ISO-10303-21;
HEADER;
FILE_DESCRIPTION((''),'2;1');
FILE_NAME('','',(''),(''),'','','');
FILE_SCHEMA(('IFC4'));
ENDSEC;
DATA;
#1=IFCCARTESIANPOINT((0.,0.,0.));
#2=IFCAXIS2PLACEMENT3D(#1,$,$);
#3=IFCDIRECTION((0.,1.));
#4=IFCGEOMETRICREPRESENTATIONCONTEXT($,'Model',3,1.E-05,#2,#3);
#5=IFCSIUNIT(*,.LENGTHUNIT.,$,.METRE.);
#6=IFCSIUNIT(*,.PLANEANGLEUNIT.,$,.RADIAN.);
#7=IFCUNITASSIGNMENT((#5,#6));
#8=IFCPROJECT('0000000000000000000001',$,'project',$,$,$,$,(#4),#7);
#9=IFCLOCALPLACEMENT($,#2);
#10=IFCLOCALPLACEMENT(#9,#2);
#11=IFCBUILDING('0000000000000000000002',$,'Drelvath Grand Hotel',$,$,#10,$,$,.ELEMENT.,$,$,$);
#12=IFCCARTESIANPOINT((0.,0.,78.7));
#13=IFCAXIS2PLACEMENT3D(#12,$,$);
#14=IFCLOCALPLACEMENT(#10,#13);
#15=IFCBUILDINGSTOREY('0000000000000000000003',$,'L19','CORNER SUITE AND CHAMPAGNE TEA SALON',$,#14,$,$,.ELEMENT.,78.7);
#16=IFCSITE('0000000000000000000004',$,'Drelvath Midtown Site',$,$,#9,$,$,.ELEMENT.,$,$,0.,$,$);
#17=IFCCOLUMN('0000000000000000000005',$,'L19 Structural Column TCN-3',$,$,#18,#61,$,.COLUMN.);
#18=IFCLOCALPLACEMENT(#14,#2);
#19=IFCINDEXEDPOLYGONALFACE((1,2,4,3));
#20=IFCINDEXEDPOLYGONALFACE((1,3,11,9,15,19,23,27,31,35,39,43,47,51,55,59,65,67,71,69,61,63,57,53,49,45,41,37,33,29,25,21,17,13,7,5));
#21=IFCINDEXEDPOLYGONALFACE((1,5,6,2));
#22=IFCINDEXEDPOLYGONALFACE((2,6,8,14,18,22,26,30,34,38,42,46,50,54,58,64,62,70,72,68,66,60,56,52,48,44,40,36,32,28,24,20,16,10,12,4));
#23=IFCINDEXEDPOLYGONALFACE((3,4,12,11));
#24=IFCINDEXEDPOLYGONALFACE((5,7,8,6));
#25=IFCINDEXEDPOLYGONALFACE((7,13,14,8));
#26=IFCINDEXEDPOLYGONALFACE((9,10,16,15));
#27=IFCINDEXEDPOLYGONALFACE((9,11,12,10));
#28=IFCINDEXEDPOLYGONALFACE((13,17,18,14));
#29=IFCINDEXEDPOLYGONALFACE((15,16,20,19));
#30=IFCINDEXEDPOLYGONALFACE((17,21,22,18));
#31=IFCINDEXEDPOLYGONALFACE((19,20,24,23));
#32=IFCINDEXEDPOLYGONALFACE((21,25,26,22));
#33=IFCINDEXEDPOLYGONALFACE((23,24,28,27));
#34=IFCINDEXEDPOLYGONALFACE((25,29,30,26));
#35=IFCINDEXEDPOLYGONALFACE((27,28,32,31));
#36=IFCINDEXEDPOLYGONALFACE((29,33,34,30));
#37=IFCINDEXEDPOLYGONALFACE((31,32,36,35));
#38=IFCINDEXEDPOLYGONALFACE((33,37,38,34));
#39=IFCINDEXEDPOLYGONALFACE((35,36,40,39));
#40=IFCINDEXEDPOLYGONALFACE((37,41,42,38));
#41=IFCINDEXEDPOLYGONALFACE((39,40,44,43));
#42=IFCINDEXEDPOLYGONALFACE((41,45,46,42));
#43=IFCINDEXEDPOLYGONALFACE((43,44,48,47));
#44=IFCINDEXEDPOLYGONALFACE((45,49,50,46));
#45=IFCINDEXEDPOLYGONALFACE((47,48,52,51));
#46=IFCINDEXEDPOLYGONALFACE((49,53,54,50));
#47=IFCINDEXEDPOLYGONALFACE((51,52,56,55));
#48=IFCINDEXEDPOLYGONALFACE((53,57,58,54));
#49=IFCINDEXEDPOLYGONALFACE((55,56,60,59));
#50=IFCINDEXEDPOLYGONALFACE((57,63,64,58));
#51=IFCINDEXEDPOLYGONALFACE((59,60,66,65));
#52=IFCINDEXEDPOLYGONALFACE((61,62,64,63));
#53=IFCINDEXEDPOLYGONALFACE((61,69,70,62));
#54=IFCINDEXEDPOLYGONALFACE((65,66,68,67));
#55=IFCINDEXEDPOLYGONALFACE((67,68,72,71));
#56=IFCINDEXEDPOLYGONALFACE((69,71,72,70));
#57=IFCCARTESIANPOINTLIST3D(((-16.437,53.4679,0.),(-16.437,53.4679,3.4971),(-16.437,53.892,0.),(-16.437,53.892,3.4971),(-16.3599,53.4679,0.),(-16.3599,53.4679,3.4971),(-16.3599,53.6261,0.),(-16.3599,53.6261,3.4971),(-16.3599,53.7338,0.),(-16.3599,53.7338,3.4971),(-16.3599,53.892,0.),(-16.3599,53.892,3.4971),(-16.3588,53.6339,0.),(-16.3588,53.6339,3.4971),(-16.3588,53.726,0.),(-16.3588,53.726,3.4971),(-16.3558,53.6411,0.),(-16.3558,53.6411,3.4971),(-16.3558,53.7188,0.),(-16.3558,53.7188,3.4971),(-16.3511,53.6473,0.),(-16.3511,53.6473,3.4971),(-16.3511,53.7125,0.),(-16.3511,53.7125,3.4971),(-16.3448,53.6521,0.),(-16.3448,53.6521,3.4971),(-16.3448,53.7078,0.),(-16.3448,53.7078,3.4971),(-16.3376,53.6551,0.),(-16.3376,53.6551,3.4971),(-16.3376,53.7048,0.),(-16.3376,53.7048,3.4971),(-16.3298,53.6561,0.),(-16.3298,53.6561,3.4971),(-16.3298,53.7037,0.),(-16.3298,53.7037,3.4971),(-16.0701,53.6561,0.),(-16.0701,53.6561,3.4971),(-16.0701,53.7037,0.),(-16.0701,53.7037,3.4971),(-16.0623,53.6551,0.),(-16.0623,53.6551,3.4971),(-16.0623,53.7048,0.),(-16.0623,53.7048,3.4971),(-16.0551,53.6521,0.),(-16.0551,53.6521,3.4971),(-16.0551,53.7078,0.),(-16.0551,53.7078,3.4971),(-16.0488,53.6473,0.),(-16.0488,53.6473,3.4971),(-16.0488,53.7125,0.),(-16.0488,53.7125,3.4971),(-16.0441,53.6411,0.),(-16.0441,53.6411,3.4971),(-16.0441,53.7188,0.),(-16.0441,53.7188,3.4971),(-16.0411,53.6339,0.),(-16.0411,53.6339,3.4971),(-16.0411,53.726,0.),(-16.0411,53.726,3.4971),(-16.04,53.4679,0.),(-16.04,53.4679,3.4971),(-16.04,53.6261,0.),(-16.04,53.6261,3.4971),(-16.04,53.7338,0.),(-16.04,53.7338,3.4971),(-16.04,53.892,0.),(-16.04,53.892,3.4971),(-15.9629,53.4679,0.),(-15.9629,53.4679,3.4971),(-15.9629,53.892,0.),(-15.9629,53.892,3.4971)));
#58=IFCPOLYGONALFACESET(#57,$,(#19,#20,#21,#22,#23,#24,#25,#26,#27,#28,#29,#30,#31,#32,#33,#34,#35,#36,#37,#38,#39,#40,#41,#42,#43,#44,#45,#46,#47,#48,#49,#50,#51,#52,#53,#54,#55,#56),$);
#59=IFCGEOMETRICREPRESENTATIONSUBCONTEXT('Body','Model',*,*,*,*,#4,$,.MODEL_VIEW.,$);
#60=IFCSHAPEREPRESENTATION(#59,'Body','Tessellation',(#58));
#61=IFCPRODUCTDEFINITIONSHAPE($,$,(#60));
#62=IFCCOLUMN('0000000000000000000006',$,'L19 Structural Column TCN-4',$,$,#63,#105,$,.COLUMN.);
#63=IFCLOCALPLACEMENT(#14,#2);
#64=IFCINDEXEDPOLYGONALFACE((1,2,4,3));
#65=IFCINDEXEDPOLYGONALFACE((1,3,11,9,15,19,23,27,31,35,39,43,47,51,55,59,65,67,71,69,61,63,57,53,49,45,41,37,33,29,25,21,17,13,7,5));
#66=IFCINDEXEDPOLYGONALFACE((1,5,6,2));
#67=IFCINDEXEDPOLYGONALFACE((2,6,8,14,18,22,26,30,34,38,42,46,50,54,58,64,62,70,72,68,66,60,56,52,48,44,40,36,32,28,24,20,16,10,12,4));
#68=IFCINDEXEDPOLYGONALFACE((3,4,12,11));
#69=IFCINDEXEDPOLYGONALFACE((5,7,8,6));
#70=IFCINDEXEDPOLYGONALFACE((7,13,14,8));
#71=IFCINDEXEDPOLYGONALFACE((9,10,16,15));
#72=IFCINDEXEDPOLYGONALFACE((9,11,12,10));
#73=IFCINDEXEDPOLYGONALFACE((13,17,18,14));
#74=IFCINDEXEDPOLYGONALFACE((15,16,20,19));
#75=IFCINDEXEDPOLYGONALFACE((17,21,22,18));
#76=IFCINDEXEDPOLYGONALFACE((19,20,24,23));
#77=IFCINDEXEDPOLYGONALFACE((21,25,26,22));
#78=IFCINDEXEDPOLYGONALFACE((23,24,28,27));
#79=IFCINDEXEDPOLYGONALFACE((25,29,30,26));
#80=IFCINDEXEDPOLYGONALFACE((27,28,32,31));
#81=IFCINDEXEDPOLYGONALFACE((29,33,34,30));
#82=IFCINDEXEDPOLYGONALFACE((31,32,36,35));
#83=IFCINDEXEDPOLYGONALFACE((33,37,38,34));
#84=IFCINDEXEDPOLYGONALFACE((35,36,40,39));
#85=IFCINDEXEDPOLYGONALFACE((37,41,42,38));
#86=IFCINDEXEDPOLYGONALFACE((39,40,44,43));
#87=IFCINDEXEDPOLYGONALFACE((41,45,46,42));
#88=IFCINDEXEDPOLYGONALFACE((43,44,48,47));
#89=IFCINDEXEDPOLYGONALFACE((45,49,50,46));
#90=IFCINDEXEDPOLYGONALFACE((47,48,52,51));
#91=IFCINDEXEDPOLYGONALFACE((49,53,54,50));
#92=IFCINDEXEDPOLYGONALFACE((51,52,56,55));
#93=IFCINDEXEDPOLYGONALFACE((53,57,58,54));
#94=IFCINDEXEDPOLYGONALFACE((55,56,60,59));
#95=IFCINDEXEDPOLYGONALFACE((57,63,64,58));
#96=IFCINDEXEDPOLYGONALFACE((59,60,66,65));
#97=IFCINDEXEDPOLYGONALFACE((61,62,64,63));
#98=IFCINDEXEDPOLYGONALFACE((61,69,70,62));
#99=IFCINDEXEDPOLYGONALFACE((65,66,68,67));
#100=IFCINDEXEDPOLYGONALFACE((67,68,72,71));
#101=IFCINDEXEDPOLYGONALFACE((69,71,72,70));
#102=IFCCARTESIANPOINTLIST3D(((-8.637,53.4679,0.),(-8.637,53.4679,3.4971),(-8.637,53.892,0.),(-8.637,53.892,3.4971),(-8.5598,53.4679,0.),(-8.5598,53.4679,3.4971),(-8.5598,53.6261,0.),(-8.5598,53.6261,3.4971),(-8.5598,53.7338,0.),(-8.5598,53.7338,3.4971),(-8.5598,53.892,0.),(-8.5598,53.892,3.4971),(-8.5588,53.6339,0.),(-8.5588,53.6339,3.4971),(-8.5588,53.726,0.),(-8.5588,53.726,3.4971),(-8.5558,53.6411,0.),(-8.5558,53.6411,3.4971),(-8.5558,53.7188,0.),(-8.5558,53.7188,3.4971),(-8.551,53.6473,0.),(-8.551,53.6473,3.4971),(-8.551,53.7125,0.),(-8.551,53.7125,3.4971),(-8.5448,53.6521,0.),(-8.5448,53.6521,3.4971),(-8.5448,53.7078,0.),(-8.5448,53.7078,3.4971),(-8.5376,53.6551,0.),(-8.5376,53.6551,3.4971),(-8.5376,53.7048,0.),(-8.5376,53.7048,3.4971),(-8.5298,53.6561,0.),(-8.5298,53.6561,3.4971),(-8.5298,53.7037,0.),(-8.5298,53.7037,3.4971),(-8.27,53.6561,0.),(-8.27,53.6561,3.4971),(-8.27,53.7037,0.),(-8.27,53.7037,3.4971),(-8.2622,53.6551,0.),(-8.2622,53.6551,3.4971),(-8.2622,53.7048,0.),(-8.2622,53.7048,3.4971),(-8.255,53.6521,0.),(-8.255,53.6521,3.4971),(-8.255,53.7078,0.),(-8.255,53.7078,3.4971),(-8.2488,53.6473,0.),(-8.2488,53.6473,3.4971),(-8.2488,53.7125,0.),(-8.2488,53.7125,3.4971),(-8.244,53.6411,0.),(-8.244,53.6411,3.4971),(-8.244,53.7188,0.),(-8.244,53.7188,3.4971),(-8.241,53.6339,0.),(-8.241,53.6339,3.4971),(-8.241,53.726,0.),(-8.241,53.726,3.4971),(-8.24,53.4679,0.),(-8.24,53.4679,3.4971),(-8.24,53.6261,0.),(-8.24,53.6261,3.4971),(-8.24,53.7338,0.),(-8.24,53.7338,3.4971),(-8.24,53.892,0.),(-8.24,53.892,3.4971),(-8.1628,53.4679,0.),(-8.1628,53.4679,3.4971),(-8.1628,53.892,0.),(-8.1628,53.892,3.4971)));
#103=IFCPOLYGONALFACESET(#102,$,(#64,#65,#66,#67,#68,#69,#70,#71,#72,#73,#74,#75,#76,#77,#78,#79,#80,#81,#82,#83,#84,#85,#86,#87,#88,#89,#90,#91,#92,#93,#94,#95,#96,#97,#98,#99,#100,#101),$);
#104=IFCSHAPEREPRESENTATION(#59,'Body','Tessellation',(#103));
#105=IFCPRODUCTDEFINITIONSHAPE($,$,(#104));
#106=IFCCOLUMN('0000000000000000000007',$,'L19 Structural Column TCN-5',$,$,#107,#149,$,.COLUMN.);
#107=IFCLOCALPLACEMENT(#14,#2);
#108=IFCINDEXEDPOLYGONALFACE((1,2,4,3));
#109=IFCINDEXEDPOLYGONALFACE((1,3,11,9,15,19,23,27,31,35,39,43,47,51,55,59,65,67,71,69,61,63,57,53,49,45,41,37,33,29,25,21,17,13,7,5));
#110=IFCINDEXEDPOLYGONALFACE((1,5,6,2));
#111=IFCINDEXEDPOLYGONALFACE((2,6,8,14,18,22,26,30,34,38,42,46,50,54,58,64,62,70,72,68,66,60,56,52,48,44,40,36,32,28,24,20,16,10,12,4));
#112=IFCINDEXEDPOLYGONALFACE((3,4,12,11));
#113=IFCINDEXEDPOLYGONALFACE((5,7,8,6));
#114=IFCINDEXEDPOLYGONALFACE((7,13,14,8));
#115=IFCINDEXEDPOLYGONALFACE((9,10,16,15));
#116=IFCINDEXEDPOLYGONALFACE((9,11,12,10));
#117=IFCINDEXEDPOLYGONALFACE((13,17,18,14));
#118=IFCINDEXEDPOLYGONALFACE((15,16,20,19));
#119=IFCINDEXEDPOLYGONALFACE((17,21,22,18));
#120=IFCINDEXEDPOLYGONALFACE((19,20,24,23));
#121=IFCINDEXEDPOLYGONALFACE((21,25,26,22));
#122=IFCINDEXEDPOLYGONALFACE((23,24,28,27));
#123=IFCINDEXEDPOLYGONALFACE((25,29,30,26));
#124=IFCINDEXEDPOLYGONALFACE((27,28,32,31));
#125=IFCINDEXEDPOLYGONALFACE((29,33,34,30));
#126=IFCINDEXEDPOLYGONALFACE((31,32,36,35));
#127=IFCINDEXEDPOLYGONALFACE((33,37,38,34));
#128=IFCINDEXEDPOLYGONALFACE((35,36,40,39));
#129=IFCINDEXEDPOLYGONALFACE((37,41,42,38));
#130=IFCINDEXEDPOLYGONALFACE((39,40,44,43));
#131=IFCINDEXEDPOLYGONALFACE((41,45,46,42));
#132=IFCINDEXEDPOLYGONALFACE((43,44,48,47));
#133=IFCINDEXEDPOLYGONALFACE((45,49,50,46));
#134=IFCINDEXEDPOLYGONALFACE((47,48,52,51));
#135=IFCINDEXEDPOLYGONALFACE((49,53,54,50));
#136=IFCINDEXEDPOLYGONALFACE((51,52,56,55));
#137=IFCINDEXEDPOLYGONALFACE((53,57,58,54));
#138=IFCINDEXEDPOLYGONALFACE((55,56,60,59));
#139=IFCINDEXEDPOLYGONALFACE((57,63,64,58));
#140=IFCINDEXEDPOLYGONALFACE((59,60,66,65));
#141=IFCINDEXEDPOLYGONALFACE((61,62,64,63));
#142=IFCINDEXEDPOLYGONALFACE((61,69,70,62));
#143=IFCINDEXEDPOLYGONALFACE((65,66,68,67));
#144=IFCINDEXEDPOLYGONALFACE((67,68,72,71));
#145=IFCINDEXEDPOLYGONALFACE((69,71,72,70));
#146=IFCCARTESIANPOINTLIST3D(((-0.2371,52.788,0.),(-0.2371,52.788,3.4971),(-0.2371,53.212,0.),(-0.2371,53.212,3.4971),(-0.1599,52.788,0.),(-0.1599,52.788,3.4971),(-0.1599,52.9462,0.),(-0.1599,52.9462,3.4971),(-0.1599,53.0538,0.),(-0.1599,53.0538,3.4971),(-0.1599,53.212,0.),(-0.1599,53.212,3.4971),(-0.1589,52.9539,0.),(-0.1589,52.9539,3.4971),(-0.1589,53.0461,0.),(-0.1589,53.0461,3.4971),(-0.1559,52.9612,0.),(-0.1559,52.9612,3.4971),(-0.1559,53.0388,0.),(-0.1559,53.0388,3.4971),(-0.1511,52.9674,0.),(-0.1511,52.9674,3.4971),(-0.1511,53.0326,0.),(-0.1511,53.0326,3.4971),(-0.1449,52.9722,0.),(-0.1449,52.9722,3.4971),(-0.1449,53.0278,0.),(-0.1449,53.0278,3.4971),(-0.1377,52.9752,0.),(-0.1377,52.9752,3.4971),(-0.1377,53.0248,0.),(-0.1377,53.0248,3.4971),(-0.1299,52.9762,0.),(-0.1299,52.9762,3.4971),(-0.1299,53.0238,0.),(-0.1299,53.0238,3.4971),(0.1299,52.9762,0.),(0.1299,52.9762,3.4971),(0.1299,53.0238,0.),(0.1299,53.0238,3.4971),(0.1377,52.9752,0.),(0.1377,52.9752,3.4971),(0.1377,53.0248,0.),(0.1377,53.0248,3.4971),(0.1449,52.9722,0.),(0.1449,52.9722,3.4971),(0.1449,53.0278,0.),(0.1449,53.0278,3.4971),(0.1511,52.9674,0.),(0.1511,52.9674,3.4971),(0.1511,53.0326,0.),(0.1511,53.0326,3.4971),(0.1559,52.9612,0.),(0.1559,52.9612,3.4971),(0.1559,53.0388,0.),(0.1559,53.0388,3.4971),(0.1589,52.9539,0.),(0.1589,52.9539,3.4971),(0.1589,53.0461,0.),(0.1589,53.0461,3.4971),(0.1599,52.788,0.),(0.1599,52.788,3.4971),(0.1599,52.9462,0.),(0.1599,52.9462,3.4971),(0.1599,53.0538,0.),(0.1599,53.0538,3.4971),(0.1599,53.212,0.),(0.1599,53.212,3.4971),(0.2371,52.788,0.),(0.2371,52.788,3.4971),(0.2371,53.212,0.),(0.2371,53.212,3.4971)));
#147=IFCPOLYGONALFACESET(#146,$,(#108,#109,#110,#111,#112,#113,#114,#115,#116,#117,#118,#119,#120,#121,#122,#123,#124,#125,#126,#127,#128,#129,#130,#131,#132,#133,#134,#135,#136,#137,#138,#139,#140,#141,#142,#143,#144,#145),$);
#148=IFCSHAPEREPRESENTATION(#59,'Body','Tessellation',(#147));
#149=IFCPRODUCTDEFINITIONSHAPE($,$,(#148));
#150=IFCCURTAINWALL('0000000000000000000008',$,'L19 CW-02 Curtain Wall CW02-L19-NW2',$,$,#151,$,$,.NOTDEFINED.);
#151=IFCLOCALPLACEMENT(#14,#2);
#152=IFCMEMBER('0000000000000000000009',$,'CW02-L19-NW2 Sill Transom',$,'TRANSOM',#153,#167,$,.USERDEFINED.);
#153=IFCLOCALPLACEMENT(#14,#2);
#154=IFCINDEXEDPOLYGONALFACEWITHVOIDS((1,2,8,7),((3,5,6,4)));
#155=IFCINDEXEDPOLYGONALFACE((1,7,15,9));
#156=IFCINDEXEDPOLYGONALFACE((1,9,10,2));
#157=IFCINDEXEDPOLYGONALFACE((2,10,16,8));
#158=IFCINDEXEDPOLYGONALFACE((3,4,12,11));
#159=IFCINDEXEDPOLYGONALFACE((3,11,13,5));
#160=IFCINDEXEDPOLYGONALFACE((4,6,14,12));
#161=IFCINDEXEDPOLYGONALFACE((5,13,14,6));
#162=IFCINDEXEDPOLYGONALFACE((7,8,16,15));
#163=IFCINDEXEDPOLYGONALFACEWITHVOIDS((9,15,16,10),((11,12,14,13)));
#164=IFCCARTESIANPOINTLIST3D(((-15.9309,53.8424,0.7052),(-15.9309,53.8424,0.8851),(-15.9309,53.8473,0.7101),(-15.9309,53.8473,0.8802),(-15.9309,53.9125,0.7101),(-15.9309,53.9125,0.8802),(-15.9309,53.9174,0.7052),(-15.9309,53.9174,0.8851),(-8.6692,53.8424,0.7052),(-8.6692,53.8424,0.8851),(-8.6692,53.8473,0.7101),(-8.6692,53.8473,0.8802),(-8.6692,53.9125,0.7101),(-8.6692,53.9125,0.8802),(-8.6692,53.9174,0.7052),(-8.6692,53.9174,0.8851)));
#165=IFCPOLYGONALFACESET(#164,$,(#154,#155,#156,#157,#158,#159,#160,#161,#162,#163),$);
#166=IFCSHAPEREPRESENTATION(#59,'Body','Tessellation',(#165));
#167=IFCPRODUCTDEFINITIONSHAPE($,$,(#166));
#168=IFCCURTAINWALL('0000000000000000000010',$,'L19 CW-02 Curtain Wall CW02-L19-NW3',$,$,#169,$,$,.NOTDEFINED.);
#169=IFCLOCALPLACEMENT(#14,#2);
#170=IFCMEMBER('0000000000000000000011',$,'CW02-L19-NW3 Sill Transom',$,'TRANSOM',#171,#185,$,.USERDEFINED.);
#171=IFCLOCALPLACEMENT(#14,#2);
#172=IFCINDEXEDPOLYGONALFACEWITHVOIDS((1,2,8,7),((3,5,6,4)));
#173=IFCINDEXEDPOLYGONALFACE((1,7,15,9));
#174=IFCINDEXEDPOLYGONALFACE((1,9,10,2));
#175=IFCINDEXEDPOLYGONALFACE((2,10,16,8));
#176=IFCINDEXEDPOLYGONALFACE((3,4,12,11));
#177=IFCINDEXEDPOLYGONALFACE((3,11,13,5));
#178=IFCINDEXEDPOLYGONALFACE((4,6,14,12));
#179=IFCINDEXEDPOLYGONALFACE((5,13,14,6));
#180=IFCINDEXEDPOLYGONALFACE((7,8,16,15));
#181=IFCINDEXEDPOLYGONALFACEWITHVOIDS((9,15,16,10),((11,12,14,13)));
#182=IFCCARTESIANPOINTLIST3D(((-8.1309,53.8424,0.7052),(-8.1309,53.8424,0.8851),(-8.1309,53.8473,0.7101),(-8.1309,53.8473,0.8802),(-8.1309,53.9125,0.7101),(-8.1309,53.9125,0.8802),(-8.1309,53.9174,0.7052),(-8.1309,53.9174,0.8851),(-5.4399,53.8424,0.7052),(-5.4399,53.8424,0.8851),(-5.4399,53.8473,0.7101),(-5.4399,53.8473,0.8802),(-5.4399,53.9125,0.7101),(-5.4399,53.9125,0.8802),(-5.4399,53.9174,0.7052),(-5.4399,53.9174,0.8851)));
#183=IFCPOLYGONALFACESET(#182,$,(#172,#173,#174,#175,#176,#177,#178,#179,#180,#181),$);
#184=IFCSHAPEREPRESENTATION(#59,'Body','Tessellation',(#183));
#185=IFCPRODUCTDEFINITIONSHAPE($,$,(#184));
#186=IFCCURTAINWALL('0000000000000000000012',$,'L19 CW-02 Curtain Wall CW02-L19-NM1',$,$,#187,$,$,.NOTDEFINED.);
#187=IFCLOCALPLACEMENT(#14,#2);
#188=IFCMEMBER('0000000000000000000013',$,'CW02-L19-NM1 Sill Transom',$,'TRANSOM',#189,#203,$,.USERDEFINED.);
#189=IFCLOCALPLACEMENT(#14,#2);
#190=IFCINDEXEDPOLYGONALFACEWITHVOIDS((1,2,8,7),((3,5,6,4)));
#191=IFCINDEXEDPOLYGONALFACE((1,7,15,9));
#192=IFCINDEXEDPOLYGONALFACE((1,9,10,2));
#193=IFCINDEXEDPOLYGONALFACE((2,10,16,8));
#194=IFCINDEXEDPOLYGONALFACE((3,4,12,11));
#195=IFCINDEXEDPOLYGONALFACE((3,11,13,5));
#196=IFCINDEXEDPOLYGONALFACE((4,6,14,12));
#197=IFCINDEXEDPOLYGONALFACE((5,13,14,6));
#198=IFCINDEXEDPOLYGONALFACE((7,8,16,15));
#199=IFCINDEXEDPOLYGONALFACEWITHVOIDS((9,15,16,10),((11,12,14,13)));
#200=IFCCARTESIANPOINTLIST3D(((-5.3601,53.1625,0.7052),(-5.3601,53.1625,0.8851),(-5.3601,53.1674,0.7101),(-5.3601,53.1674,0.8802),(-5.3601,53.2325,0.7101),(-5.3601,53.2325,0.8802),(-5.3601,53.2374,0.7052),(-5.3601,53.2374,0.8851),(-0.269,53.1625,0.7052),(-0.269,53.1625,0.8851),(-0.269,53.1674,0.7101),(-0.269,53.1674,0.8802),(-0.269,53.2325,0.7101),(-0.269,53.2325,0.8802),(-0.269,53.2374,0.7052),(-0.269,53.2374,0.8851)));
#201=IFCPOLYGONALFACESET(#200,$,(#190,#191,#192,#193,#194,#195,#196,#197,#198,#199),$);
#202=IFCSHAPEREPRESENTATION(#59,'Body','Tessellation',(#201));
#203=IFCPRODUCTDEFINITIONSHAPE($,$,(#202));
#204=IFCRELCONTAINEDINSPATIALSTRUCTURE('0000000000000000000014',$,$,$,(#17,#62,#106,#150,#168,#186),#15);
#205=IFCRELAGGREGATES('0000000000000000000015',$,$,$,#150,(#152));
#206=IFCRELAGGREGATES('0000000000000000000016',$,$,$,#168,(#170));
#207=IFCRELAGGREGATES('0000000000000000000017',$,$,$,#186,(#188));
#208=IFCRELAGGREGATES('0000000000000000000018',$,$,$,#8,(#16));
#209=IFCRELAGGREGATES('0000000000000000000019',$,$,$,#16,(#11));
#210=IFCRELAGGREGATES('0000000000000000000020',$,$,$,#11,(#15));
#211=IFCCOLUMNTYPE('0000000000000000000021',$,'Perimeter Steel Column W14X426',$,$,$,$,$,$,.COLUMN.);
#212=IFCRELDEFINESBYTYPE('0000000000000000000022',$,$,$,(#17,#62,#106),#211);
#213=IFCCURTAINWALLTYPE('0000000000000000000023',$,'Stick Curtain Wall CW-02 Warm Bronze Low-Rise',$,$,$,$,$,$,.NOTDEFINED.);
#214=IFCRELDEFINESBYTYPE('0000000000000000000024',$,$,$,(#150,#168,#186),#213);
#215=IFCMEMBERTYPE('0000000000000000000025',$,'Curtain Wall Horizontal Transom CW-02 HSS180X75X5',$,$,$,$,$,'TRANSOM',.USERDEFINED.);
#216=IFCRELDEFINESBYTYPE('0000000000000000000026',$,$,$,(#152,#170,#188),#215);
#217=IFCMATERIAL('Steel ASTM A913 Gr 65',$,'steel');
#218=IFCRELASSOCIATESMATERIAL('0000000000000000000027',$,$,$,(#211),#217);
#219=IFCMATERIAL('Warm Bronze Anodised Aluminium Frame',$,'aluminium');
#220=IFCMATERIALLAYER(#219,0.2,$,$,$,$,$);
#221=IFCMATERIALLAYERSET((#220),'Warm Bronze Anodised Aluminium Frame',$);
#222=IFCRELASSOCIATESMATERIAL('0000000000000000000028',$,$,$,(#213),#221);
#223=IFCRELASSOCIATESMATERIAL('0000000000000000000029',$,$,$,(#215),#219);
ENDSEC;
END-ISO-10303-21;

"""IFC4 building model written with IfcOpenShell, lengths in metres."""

from ifc_helpers import new_model, si_unit, direction, frame, origin, origin_2d, place, context, subcontext, project, spatial, hollow_rectangle, i_section, extrude, material, layer, layer_set, material_profile, profile_set, type_object, element, aggregate, save


model = new_model("IFC4")

# Units and contexts
model_context = context("Model", 3, precision=1e-05, world=origin(), true_north=direction((0.0, 1.0)))
body_context = subcontext(model_context, "Body", "Model", "MODEL_VIEW")
ifc_project = project(units=[si_unit("LENGTHUNIT", "METRE"), si_unit("PLANEANGLEUNIT", "RADIAN")], contexts=[model_context])

# Site, building, storey
site_placement = place(None, origin())
site = spatial("IfcSite", under=ifc_project, at=site_placement, Name="Drelvath Midtown Site", CompositionType="ELEMENT", RefElevation=0.0)
building_placement = place(site_placement, origin())
building = spatial("IfcBuilding", under=site, at=building_placement, Name="Drelvath Grand Hotel", CompositionType="ELEMENT")
storey_placement = place(building_placement, frame((0.0, 0.0, 78.7)))
storey = spatial("IfcBuildingStorey", under=building, at=storey_placement, Name="L19", Description="CORNER SUITE AND CHAMPAGNE TEA SALON", CompositionType="ELEMENT", Elevation=78.7)

# Columns
ifc_material_1 = material(Name="Steel ASTM A913 Gr 65", Category="steel")
ifc_material_profile_1 = material_profile(ifc_material_1, i_section(OverallWidth=0.4241, OverallDepth=0.4741, WebThickness=0.0476, FlangeThickness=0.0771, FilletRadius=0.03, at=origin_2d()), Name="W14X426")
ifc_profile_set_1 = profile_set([ifc_material_profile_1], Name="Steel ASTM A913 Gr 65")
column_type = type_object("IfcColumnType", Name="Perimeter Steel Column W14X426", PredefinedType="COLUMN", material=ifc_profile_set_1)
for number, where, z_axis, x_axis, name in (
    (1, (-16.2, 53.6799, 0.0), (0.0, 0.0, 1.0), (0.0, 1.0, 0.0), "L19 Structural Column TCN-3"),
    (2, (-8.3999, 53.6799, 0.0), (0.0, 0.0, 1.0), (0.0, 1.0, 0.0), "L19 Structural Column TCN-4"),
    (3, (0.0, 53.0, 0.0), (0.0, 0.0, 1.0), (0.0, 1.0, 0.0), "L19 Structural Column TCN-5"),
):
    element("IfcColumn", number, at=place(storey_placement, frame(where, z_axis=z_axis, x_axis=x_axis)), inside=storey, type_object=column_type, Name=name, PredefinedType="COLUMN", context=body_context, shape_type="SweptSolid", body=[
        extrude(i_section(OverallWidth=0.4241, OverallDepth=0.4741, WebThickness=0.0476, FlangeThickness=0.0771, FilletRadius=0.03, at=origin_2d()), origin(), (0.0, 0.0, 1.0), 3.4971),
    ])

# Curtain walls, members
ifc_material_2 = material(Name="Warm Bronze Anodised Aluminium Frame", Category="aluminium")
ifc_layer_1 = layer(ifc_material_2, 0.2)
ifc_layer_set_1 = layer_set([ifc_layer_1], Name="Warm Bronze Anodised Aluminium Frame")
curtain_wall_type = type_object("IfcCurtainWallType", Name="Stick Curtain Wall CW-02 Warm Bronze Low-Rise", PredefinedType="NOTDEFINED", material=ifc_layer_set_1)
curtain_wall_1_placement = place(storey_placement, origin())
curtain_wall_1 = element("IfcCurtainWall", 4, at=curtain_wall_1_placement, inside=storey, type_object=curtain_wall_type, Name="L19 CW-02 Curtain Wall CW02-L19-NW2", PredefinedType="NOTDEFINED")
ifc_material_profile_2 = material_profile(ifc_material_2, hollow_rectangle(XDim=0.075, YDim=0.1799, WallThickness=0.0049, at=origin_2d()), Name="HSS180X75X5")
ifc_profile_set_2 = profile_set([ifc_material_profile_2], Name="Warm Bronze Anodised Aluminium Frame")
member_type_1 = type_object("IfcMemberType", Name="Curtain Wall Horizontal Transom CW-02 HSS180X75X5", ElementType="TRANSOM", PredefinedType="USERDEFINED", material=ifc_profile_set_2)
member_1_placement = place(storey_placement, frame((-15.9309, 53.8799, 0.7952), z_axis=(1.0, 0.0, 0.0), x_axis=(0.0, 1.0, 0.0)))
member_1 = element("IfcMember", 5, at=member_1_placement, type_object=member_type_1, Name="CW02-L19-NW2 Sill Transom", ObjectType="TRANSOM", PredefinedType="USERDEFINED", context=body_context, shape_type="SweptSolid", body=[
    extrude(hollow_rectangle(XDim=0.075, YDim=0.1799, WallThickness=0.0049, at=origin_2d()), origin(), (0.0, 0.0, 1.0), 7.2617),
])
curtain_wall_2_placement = place(storey_placement, origin())
curtain_wall_2 = element("IfcCurtainWall", 6, at=curtain_wall_2_placement, inside=storey, type_object=curtain_wall_type, Name="L19 CW-02 Curtain Wall CW02-L19-NW3", PredefinedType="NOTDEFINED")
member_2_placement = place(storey_placement, frame((-8.1309, 53.8799, 0.7952), z_axis=(1.0, 0.0, 0.0), x_axis=(0.0, 1.0, 0.0)))
member_2 = element("IfcMember", 7, at=member_2_placement, type_object=member_type_1, Name="CW02-L19-NW3 Sill Transom", ObjectType="TRANSOM", PredefinedType="USERDEFINED", context=body_context, shape_type="SweptSolid", body=[
    extrude(hollow_rectangle(XDim=0.075, YDim=0.1799, WallThickness=0.0049, at=origin_2d()), origin(), (0.0, 0.0, 1.0), 2.6909),
])
curtain_wall_3_placement = place(storey_placement, origin())
curtain_wall_3 = element("IfcCurtainWall", 8, at=curtain_wall_3_placement, inside=storey, type_object=curtain_wall_type, Name="L19 CW-02 Curtain Wall CW02-L19-NM1", PredefinedType="NOTDEFINED")
member_3_placement = place(storey_placement, frame((-5.3601, 53.2, 0.7952), z_axis=(1.0, 0.0, 0.0), x_axis=(0.0, 1.0, 0.0)))
member_3 = element("IfcMember", 9, at=member_3_placement, type_object=member_type_1, Name="CW02-L19-NM1 Sill Transom", ObjectType="TRANSOM", PredefinedType="USERDEFINED", context=body_context, shape_type="SweptSolid", body=[
    extrude(hollow_rectangle(XDim=0.075, YDim=0.1799, WallThickness=0.0049, at=origin_2d()), origin(), (0.0, 0.0, 1.0), 5.0911),
])

aggregate(curtain_wall_1, [member_1])
aggregate(curtain_wall_2, [member_2])
aggregate(curtain_wall_3, [member_3])

save(model, "model.ifc")
